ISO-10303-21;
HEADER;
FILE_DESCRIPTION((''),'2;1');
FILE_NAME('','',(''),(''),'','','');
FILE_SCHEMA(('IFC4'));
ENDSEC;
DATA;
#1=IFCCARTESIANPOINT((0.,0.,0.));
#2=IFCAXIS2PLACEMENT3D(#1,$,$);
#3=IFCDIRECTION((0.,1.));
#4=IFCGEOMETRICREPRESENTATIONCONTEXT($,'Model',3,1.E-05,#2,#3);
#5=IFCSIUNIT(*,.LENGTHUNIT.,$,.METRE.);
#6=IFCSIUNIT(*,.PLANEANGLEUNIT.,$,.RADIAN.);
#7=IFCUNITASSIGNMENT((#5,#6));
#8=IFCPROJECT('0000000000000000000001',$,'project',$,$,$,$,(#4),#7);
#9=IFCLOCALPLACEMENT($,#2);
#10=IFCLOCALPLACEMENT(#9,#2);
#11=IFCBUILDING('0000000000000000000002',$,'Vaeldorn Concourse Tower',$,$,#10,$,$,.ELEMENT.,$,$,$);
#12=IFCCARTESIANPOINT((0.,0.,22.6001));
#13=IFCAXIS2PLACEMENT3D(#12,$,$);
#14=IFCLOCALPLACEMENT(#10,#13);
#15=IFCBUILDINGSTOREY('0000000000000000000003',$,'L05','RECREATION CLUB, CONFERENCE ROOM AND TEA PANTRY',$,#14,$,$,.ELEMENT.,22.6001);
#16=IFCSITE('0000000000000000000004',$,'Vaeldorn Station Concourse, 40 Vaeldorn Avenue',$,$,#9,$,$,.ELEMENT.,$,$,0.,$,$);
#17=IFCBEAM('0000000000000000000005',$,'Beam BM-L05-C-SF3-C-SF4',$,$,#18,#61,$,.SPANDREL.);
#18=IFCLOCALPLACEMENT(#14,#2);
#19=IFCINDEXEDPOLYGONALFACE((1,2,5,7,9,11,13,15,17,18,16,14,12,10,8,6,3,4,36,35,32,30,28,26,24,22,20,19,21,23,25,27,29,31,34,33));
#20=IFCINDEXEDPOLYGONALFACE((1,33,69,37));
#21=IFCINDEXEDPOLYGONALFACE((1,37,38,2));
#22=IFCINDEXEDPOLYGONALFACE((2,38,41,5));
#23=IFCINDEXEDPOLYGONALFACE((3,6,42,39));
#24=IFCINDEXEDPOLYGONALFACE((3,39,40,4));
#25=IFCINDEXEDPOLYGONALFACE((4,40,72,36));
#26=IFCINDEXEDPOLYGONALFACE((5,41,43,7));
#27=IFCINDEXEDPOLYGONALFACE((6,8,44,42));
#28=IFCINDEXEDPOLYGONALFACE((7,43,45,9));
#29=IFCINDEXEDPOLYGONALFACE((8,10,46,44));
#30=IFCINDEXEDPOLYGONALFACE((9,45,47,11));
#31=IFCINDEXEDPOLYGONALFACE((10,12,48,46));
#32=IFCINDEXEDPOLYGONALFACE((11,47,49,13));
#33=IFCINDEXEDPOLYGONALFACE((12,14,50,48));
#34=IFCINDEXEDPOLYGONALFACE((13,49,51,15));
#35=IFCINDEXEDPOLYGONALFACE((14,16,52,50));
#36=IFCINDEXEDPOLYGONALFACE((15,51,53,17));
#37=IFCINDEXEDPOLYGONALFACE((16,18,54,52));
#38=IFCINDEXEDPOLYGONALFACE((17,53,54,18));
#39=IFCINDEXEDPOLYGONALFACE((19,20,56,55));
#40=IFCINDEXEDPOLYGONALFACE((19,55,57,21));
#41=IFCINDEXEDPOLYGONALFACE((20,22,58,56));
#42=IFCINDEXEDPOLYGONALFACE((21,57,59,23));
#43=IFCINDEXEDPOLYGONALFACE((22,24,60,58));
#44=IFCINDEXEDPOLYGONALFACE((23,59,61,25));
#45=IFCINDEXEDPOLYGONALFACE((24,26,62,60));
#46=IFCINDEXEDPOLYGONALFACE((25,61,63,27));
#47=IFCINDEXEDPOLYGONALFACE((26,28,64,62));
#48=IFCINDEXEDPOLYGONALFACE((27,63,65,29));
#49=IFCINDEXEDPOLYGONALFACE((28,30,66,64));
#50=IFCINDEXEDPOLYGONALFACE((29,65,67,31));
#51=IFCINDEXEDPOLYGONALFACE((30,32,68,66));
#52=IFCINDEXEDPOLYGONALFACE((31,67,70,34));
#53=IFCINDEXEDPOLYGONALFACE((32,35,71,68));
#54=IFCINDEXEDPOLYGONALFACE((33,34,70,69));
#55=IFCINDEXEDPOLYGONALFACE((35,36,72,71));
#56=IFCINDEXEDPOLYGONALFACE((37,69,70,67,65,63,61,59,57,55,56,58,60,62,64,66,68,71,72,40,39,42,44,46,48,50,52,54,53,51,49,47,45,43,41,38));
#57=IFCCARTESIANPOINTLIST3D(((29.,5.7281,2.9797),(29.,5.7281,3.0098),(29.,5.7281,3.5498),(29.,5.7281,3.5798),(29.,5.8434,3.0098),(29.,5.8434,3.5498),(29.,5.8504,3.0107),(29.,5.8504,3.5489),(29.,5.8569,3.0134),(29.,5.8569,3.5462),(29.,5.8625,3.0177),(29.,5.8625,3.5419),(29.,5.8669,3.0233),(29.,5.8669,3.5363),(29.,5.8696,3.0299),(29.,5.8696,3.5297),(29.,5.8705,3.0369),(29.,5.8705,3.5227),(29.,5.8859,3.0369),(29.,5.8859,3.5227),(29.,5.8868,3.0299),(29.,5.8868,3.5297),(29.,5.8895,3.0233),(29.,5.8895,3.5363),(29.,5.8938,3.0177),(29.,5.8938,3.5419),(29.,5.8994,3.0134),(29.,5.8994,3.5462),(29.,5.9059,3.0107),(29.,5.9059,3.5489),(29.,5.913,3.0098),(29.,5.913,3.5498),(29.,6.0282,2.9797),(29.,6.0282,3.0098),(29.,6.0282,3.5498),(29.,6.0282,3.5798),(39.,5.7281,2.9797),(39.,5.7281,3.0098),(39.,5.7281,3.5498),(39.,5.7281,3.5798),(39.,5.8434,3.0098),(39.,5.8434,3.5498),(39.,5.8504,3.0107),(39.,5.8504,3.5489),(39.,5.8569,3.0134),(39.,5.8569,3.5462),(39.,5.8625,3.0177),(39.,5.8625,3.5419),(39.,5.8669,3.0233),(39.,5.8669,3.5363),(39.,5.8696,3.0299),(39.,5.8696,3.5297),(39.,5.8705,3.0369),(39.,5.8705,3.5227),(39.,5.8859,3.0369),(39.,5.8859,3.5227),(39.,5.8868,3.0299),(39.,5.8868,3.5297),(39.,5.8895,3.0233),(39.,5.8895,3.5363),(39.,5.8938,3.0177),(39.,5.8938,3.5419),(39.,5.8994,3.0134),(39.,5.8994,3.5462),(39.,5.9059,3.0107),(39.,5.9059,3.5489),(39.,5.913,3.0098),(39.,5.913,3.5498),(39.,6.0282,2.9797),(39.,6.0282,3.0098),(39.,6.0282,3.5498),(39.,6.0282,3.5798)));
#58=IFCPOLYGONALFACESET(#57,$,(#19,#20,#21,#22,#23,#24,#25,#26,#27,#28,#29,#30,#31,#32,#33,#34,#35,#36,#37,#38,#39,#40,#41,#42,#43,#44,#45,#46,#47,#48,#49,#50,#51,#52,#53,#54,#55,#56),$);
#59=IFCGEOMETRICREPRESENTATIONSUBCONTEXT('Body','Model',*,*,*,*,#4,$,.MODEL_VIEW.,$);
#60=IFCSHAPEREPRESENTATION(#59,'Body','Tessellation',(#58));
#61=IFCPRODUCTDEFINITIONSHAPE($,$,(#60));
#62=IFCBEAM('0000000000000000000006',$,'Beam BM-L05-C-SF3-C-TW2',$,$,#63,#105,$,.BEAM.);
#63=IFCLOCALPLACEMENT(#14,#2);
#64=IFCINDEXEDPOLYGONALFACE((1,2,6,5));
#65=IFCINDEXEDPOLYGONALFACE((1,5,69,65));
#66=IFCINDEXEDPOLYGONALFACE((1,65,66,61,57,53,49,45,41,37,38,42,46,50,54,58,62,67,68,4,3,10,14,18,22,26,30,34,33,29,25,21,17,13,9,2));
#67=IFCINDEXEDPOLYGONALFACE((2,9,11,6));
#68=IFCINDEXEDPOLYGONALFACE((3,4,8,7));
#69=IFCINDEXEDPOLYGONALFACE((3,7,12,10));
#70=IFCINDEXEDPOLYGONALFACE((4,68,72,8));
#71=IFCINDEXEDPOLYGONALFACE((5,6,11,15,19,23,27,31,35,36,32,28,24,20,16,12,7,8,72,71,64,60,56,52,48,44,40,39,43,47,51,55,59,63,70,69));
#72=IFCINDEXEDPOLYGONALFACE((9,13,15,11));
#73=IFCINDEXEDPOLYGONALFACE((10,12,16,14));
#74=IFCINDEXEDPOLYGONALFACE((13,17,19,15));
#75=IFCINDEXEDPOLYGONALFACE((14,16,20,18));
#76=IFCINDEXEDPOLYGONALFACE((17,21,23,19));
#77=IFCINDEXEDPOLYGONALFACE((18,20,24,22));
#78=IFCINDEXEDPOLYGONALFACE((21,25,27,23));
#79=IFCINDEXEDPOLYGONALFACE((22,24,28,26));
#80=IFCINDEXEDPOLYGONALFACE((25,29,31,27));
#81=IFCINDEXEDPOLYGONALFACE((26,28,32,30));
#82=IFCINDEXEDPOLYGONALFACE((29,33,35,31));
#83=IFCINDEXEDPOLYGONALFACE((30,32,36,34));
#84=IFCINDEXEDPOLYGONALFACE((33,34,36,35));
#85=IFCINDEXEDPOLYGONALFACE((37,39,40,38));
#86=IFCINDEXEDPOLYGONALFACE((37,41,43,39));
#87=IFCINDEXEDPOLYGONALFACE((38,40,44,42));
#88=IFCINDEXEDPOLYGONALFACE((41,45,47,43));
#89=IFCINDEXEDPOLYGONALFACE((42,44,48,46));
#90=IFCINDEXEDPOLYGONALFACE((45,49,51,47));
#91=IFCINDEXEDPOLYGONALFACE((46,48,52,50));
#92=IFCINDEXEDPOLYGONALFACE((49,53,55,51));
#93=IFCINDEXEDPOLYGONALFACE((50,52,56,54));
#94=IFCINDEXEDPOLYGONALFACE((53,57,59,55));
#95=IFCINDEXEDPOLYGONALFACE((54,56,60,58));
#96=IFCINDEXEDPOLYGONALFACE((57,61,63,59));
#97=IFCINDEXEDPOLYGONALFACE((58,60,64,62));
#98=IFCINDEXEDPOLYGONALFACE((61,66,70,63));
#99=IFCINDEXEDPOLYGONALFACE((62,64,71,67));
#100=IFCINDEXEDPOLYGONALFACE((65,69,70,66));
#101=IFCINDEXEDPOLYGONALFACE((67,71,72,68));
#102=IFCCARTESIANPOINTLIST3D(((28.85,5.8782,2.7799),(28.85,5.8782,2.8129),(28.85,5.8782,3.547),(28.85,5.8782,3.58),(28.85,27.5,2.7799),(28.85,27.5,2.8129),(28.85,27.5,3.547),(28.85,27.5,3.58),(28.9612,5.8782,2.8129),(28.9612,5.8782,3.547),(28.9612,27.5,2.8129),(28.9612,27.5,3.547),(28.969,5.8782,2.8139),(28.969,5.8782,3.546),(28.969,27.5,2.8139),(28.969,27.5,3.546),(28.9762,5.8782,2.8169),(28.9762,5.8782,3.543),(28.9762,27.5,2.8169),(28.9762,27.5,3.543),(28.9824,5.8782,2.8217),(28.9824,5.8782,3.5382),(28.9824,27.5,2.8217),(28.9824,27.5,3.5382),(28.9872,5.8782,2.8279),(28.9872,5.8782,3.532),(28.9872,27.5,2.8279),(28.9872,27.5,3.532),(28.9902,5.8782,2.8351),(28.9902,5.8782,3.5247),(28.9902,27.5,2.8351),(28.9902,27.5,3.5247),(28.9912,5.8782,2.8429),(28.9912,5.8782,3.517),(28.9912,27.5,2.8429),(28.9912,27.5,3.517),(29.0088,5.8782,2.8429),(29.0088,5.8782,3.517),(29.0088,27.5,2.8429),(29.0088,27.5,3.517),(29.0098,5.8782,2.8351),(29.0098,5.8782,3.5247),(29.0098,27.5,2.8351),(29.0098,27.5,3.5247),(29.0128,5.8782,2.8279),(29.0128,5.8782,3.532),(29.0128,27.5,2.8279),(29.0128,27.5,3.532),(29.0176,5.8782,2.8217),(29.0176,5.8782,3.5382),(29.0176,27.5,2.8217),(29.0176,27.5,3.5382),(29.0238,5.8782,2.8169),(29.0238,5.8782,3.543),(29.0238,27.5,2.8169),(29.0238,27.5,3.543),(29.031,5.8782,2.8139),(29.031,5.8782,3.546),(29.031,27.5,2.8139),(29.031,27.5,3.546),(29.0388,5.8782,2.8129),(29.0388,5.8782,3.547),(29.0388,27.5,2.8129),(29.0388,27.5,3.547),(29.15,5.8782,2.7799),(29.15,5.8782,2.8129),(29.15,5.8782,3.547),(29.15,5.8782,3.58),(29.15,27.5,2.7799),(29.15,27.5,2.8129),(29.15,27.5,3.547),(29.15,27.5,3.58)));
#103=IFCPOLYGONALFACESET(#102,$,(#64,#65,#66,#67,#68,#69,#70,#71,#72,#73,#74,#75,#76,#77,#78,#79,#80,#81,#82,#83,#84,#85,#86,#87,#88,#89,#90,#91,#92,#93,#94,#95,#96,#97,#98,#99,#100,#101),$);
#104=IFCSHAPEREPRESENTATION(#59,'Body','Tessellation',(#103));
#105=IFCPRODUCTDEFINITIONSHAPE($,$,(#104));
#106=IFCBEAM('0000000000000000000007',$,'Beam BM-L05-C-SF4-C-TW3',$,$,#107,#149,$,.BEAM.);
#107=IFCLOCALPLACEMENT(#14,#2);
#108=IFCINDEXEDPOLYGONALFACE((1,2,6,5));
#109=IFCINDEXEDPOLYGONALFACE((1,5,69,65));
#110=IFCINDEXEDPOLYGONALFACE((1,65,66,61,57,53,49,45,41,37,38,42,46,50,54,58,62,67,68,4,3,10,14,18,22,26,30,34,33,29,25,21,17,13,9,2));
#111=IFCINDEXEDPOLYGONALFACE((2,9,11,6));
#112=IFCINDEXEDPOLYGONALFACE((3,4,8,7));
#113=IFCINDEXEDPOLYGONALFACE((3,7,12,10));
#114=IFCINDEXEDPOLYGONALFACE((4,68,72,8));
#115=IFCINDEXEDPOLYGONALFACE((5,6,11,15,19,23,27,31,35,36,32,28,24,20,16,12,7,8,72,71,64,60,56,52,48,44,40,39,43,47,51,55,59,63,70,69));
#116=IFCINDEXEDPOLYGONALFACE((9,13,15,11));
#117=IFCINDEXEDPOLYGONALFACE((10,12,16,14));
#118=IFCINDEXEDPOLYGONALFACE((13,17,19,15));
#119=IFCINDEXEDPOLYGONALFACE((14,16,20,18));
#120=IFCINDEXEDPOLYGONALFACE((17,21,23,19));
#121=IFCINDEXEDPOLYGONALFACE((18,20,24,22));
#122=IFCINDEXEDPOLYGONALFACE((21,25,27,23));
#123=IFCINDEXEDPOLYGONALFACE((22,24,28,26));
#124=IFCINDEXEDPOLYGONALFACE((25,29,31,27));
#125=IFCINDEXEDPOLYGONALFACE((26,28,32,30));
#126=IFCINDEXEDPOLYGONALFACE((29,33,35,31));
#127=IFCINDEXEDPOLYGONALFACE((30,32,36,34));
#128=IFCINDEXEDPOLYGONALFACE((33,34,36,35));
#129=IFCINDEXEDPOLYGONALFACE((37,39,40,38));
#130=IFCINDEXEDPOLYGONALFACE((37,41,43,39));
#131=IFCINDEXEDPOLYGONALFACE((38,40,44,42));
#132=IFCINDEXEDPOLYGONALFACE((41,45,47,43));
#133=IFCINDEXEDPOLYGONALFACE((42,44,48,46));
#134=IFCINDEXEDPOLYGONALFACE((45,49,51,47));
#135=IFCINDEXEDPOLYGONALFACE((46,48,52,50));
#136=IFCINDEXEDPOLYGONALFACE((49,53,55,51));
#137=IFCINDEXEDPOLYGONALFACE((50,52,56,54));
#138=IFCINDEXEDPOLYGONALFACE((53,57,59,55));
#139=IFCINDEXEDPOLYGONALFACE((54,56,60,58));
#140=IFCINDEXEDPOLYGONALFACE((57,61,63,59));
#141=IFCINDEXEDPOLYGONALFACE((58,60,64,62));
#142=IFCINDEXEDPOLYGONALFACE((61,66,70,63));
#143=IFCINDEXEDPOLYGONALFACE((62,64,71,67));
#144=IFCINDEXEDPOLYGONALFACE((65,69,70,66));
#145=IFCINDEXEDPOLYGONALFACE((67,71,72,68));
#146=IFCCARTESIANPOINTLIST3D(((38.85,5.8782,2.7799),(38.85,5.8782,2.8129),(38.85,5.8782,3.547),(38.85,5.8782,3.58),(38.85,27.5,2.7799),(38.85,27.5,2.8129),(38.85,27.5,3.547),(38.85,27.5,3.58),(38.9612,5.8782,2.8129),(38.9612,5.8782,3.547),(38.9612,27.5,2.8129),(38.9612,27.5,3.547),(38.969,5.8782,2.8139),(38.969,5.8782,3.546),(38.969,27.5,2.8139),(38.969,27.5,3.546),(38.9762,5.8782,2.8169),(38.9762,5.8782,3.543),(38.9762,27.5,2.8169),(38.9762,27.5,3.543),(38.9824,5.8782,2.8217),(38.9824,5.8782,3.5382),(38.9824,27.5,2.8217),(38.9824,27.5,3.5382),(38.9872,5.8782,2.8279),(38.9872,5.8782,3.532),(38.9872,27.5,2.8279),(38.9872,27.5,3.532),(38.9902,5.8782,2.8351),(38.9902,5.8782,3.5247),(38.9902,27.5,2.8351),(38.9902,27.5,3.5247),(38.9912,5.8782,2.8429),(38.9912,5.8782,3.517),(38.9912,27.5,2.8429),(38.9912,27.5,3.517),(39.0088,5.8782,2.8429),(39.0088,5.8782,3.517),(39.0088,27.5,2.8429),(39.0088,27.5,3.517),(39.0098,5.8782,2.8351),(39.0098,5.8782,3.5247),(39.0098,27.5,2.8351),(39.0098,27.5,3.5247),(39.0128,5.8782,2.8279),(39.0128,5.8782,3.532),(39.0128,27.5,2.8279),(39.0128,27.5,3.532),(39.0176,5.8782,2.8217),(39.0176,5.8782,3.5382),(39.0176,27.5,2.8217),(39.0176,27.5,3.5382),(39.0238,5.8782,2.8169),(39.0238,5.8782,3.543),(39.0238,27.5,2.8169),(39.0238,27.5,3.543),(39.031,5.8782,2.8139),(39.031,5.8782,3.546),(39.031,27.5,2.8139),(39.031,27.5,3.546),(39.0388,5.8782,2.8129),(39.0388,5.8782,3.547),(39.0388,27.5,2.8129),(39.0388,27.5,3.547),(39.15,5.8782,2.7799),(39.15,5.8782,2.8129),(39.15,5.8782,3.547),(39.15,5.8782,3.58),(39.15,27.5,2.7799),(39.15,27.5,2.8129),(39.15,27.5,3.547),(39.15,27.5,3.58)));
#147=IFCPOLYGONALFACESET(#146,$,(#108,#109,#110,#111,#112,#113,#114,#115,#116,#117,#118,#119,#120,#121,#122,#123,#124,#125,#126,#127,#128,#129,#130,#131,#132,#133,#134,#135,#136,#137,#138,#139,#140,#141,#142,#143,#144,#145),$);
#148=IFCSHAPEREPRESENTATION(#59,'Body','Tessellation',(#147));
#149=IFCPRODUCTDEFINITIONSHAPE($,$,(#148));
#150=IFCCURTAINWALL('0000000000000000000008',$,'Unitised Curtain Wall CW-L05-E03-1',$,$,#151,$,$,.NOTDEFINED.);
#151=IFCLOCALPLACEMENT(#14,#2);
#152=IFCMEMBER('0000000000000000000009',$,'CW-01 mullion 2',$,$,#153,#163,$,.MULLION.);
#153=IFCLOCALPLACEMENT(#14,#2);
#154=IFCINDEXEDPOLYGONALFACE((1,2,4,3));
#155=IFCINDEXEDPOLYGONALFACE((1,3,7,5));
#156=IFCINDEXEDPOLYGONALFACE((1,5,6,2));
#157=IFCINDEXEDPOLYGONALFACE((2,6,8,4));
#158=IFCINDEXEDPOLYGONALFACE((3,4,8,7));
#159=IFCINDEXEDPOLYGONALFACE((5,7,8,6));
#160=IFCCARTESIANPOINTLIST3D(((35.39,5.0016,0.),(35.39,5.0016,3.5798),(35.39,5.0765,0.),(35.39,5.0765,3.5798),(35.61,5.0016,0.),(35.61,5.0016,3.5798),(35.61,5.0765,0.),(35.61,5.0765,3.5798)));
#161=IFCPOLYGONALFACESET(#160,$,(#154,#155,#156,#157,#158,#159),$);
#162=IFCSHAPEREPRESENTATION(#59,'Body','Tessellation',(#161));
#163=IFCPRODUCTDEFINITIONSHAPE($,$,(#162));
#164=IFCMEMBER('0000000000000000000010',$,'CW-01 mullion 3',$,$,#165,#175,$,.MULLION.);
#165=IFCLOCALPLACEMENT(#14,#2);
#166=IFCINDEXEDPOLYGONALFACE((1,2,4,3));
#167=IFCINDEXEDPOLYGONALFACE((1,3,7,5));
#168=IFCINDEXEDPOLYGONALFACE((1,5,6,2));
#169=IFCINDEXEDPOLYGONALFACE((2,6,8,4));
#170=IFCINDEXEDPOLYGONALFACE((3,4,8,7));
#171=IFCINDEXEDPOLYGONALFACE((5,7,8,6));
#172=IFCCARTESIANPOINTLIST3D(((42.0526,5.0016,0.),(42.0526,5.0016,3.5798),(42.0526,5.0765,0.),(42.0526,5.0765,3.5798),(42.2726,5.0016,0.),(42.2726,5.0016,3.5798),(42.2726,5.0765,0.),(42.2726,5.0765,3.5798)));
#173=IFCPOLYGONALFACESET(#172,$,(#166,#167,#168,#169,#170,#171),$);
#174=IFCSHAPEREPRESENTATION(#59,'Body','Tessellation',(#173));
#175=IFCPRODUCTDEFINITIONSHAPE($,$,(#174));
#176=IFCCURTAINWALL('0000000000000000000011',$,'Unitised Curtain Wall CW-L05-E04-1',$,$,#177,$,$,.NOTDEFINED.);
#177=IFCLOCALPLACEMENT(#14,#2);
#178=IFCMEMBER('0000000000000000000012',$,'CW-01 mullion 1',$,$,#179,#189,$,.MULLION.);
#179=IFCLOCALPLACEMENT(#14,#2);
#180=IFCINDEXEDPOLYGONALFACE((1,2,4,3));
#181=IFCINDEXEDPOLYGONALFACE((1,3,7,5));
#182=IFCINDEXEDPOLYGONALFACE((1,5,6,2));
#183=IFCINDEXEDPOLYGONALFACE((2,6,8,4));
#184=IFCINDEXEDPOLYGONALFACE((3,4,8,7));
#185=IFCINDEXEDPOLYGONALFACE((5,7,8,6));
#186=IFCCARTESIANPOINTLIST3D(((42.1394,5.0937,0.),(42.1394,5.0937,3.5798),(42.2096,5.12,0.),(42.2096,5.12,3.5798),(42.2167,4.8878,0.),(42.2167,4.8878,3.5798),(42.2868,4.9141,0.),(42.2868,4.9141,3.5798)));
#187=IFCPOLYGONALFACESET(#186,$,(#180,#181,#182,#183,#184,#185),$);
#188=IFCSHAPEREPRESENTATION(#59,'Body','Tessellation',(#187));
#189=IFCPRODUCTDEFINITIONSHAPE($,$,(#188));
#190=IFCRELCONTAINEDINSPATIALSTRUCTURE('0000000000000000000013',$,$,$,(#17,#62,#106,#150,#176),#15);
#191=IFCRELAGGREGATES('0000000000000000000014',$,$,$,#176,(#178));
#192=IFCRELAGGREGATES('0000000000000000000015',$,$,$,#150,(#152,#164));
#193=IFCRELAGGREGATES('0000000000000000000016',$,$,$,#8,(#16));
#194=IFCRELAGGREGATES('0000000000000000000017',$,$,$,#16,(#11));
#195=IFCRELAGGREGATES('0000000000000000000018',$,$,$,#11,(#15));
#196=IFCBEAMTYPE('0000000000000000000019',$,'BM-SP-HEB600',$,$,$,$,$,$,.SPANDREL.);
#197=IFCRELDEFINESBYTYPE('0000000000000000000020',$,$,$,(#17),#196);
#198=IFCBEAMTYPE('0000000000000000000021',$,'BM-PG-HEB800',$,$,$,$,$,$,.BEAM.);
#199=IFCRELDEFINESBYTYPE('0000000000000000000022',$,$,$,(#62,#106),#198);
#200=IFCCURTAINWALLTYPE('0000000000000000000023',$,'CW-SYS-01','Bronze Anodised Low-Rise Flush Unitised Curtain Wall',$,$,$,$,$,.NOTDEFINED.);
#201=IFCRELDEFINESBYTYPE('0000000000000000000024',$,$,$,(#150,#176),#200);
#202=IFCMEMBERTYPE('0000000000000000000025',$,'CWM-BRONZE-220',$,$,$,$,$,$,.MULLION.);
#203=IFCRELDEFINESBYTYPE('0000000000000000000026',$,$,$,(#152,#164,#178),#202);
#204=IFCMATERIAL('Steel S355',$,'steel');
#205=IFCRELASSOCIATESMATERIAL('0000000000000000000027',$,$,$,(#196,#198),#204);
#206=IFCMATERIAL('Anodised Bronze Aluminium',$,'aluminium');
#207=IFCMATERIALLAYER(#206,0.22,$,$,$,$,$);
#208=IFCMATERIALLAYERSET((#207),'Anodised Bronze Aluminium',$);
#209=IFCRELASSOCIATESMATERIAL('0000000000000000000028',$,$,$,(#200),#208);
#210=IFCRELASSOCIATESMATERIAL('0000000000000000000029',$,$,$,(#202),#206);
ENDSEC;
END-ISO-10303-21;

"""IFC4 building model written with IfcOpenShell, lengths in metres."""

from ifc_helpers import new_model, si_unit, direction, frame, origin, origin_2d, place, context, subcontext, project, spatial, rectangle, i_section, extrude, source, transform, mapped, material, layer, layer_set, material_profile, profile_set, type_object, element, aggregate, save


model = new_model("IFC4")

# Units and contexts
model_context = context("Model", 3, precision=1e-05, world=origin(), true_north=direction((0.0, 1.0)))
body_context = subcontext(model_context, "Body", "Model", "MODEL_VIEW")
ifc_project = project(units=[si_unit("LENGTHUNIT", "METRE"), si_unit("PLANEANGLEUNIT", "RADIAN")], contexts=[model_context])

# Site, building, storey
site_placement = place(None, origin())
site = spatial("IfcSite", under=ifc_project, at=site_placement, Name="Vaeldorn Station Concourse, 40 Vaeldorn Avenue", CompositionType="ELEMENT", RefElevation=0.0)
building_placement = place(site_placement, origin())
building = spatial("IfcBuilding", under=site, at=building_placement, Name="Vaeldorn Concourse Tower", CompositionType="ELEMENT")
storey_placement = place(building_placement, frame((0.0, 0.0, 22.6001)))
storey = spatial("IfcBuildingStorey", under=building, at=storey_placement, Name="L05", Description="RECREATION CLUB, CONFERENCE ROOM AND TEA PANTRY", CompositionType="ELEMENT", Elevation=22.6001)

# Beams
ifc_material_1 = material(Name="Steel S355", Category="steel")
ifc_material_profile_1 = material_profile(ifc_material_1, i_section(OverallWidth=0.3, OverallDepth=0.6001, WebThickness=0.0154, FlangeThickness=0.03, FilletRadius=0.0271, at=origin_2d()), Name="HEB 600")
ifc_profile_set_1 = profile_set([ifc_material_profile_1], Name="Steel S355")
beam_type_1 = type_object("IfcBeamType", Name="BM-SP-HEB600", PredefinedType="SPANDREL", material=ifc_profile_set_1)
shared_shape_1 = source(origin(), body_context, "Body", "SweptSolid", [
    extrude(i_section(OverallWidth=0.3, OverallDepth=0.6001, WebThickness=0.0154, FlangeThickness=0.03, FilletRadius=0.0271, at=origin_2d()), origin(), (0.0, 0.0, 1.0), 10.0),
])
beam_1_placement = place(storey_placement, frame((29.0, 5.8782, 3.2798), z_axis=(1.0, 0.0, 0.0), x_axis=(0.0, 1.0, 0.0)))
element("IfcBeam", 1, at=beam_1_placement, inside=storey, type_object=beam_type_1, Name="Beam BM-L05-C-SF3-C-SF4", PredefinedType="SPANDREL", context=body_context, shape_type="MappedRepresentation", body=[
    mapped(shared_shape_1, transform((0.0, 0.0, 0.0), scale=1.0)),
])
ifc_material_profile_2 = material_profile(ifc_material_1, i_section(OverallWidth=0.3, OverallDepth=0.8, WebThickness=0.0176, FlangeThickness=0.033, FilletRadius=0.03, at=origin_2d()), Name="HEB 800")
ifc_profile_set_2 = profile_set([ifc_material_profile_2], Name="Steel S355")
beam_type_2 = type_object("IfcBeamType", Name="BM-PG-HEB800", PredefinedType="BEAM", material=ifc_profile_set_2)
shared_shape_2 = source(origin(), body_context, "Body", "SweptSolid", [
    extrude(i_section(OverallWidth=0.3, OverallDepth=0.8, WebThickness=0.0176, FlangeThickness=0.033, FilletRadius=0.03, at=origin_2d()), origin(), (0.0, 0.0, 1.0), 21.6218),
])
for number, where, z_axis, x_axis, name in (
    (2, (29.0, 5.8782, 3.1799), (0.0, 1.0, 0.0), (-1.0, 0.0, 0.0), "Beam BM-L05-C-SF3-C-TW2"),
    (3, (39.0, 5.8782, 3.1799), (0.0, 1.0, 0.0), (-1.0, 0.0, 0.0), "Beam BM-L05-C-SF4-C-TW3"),
):
    element("IfcBeam", number, at=place(storey_placement, frame(where, z_axis=z_axis, x_axis=x_axis)), inside=storey, type_object=beam_type_2, Name=name, PredefinedType="BEAM", context=body_context, shape_type="MappedRepresentation", body=[
        mapped(shared_shape_2, transform((0.0, 0.0, 0.0), scale=1.0)),
    ])

# Curtain walls, members
ifc_material_2 = material(Name="Anodised Bronze Aluminium", Category="aluminium")
ifc_layer_1 = layer(ifc_material_2, 0.22)
ifc_layer_set_1 = layer_set([ifc_layer_1], Name="Anodised Bronze Aluminium")
curtain_wall_type = type_object("IfcCurtainWallType", Name="CW-SYS-01", Description="Bronze Anodised Low-Rise Flush Unitised Curtain Wall", PredefinedType="NOTDEFINED", material=ifc_layer_set_1)
curtain_wall_1_placement = place(storey_placement, origin())
curtain_wall_1 = element("IfcCurtainWall", 4, at=curtain_wall_1_placement, inside=storey, type_object=curtain_wall_type, Name="Unitised Curtain Wall CW-L05-E03-1", PredefinedType="NOTDEFINED")
ifc_material_profile_3 = material_profile(ifc_material_2, rectangle(XDim=0.075, YDim=0.22, at=origin_2d()), Name="CWM 75x220")
ifc_profile_set_3 = profile_set([ifc_material_profile_3], Name="Anodised Bronze Aluminium")
member_type_1 = type_object("IfcMemberType", Name="CWM-BRONZE-220", PredefinedType="MULLION", material=ifc_profile_set_3)
shared_shape_3 = source(origin(), body_context, "Body", "SweptSolid", [
    extrude(rectangle(XDim=0.075, YDim=0.22, at=origin_2d()), origin(), (0.0, 0.0, 1.0), 3.5798),
])
member_1_placement = place(storey_placement, frame((35.5, 5.0391, 0.0), z_axis=(0.0, 0.0, 1.0), x_axis=(0.0, 1.0, 0.0)))
member_1 = element("IfcMember", 5, at=member_1_placement, type_object=member_type_1, Name="CW-01 mullion 2", PredefinedType="MULLION", context=body_context, shape_type="MappedRepresentation", body=[
    mapped(shared_shape_3, transform((0.0, 0.0, 0.0), scale=1.0)),
])
member_2_placement = place(storey_placement, frame((42.1626, 5.0391, 0.0), z_axis=(0.0, 0.0, 1.0), x_axis=(0.0, 1.0, 0.0)))
member_2 = element("IfcMember", 6, at=member_2_placement, type_object=member_type_1, Name="CW-01 mullion 3", PredefinedType="MULLION", context=body_context, shape_type="MappedRepresentation", body=[
    mapped(shared_shape_3, transform((0.0, 0.0, 0.0), scale=1.0)),
])
curtain_wall_2_placement = place(storey_placement, origin())
curtain_wall_2 = element("IfcCurtainWall", 7, at=curtain_wall_2_placement, inside=storey, type_object=curtain_wall_type, Name="Unitised Curtain Wall CW-L05-E04-1", PredefinedType="NOTDEFINED")
member_3_placement = place(storey_placement, frame((42.2131, 5.0039, 0.0), z_axis=(0.0, 0.0, 1.0), x_axis=(0.936329, 0.351123, 0.0)))
member_3 = element("IfcMember", 8, at=member_3_placement, type_object=member_type_1, Name="CW-01 mullion 1", PredefinedType="MULLION", context=body_context, shape_type="MappedRepresentation", body=[
    mapped(shared_shape_3, transform((0.0, 0.0, 0.0), scale=1.0)),
])

aggregate(curtain_wall_2, [member_3])
aggregate(curtain_wall_1, [member_1, member_2])

save(model, "model.ifc")
